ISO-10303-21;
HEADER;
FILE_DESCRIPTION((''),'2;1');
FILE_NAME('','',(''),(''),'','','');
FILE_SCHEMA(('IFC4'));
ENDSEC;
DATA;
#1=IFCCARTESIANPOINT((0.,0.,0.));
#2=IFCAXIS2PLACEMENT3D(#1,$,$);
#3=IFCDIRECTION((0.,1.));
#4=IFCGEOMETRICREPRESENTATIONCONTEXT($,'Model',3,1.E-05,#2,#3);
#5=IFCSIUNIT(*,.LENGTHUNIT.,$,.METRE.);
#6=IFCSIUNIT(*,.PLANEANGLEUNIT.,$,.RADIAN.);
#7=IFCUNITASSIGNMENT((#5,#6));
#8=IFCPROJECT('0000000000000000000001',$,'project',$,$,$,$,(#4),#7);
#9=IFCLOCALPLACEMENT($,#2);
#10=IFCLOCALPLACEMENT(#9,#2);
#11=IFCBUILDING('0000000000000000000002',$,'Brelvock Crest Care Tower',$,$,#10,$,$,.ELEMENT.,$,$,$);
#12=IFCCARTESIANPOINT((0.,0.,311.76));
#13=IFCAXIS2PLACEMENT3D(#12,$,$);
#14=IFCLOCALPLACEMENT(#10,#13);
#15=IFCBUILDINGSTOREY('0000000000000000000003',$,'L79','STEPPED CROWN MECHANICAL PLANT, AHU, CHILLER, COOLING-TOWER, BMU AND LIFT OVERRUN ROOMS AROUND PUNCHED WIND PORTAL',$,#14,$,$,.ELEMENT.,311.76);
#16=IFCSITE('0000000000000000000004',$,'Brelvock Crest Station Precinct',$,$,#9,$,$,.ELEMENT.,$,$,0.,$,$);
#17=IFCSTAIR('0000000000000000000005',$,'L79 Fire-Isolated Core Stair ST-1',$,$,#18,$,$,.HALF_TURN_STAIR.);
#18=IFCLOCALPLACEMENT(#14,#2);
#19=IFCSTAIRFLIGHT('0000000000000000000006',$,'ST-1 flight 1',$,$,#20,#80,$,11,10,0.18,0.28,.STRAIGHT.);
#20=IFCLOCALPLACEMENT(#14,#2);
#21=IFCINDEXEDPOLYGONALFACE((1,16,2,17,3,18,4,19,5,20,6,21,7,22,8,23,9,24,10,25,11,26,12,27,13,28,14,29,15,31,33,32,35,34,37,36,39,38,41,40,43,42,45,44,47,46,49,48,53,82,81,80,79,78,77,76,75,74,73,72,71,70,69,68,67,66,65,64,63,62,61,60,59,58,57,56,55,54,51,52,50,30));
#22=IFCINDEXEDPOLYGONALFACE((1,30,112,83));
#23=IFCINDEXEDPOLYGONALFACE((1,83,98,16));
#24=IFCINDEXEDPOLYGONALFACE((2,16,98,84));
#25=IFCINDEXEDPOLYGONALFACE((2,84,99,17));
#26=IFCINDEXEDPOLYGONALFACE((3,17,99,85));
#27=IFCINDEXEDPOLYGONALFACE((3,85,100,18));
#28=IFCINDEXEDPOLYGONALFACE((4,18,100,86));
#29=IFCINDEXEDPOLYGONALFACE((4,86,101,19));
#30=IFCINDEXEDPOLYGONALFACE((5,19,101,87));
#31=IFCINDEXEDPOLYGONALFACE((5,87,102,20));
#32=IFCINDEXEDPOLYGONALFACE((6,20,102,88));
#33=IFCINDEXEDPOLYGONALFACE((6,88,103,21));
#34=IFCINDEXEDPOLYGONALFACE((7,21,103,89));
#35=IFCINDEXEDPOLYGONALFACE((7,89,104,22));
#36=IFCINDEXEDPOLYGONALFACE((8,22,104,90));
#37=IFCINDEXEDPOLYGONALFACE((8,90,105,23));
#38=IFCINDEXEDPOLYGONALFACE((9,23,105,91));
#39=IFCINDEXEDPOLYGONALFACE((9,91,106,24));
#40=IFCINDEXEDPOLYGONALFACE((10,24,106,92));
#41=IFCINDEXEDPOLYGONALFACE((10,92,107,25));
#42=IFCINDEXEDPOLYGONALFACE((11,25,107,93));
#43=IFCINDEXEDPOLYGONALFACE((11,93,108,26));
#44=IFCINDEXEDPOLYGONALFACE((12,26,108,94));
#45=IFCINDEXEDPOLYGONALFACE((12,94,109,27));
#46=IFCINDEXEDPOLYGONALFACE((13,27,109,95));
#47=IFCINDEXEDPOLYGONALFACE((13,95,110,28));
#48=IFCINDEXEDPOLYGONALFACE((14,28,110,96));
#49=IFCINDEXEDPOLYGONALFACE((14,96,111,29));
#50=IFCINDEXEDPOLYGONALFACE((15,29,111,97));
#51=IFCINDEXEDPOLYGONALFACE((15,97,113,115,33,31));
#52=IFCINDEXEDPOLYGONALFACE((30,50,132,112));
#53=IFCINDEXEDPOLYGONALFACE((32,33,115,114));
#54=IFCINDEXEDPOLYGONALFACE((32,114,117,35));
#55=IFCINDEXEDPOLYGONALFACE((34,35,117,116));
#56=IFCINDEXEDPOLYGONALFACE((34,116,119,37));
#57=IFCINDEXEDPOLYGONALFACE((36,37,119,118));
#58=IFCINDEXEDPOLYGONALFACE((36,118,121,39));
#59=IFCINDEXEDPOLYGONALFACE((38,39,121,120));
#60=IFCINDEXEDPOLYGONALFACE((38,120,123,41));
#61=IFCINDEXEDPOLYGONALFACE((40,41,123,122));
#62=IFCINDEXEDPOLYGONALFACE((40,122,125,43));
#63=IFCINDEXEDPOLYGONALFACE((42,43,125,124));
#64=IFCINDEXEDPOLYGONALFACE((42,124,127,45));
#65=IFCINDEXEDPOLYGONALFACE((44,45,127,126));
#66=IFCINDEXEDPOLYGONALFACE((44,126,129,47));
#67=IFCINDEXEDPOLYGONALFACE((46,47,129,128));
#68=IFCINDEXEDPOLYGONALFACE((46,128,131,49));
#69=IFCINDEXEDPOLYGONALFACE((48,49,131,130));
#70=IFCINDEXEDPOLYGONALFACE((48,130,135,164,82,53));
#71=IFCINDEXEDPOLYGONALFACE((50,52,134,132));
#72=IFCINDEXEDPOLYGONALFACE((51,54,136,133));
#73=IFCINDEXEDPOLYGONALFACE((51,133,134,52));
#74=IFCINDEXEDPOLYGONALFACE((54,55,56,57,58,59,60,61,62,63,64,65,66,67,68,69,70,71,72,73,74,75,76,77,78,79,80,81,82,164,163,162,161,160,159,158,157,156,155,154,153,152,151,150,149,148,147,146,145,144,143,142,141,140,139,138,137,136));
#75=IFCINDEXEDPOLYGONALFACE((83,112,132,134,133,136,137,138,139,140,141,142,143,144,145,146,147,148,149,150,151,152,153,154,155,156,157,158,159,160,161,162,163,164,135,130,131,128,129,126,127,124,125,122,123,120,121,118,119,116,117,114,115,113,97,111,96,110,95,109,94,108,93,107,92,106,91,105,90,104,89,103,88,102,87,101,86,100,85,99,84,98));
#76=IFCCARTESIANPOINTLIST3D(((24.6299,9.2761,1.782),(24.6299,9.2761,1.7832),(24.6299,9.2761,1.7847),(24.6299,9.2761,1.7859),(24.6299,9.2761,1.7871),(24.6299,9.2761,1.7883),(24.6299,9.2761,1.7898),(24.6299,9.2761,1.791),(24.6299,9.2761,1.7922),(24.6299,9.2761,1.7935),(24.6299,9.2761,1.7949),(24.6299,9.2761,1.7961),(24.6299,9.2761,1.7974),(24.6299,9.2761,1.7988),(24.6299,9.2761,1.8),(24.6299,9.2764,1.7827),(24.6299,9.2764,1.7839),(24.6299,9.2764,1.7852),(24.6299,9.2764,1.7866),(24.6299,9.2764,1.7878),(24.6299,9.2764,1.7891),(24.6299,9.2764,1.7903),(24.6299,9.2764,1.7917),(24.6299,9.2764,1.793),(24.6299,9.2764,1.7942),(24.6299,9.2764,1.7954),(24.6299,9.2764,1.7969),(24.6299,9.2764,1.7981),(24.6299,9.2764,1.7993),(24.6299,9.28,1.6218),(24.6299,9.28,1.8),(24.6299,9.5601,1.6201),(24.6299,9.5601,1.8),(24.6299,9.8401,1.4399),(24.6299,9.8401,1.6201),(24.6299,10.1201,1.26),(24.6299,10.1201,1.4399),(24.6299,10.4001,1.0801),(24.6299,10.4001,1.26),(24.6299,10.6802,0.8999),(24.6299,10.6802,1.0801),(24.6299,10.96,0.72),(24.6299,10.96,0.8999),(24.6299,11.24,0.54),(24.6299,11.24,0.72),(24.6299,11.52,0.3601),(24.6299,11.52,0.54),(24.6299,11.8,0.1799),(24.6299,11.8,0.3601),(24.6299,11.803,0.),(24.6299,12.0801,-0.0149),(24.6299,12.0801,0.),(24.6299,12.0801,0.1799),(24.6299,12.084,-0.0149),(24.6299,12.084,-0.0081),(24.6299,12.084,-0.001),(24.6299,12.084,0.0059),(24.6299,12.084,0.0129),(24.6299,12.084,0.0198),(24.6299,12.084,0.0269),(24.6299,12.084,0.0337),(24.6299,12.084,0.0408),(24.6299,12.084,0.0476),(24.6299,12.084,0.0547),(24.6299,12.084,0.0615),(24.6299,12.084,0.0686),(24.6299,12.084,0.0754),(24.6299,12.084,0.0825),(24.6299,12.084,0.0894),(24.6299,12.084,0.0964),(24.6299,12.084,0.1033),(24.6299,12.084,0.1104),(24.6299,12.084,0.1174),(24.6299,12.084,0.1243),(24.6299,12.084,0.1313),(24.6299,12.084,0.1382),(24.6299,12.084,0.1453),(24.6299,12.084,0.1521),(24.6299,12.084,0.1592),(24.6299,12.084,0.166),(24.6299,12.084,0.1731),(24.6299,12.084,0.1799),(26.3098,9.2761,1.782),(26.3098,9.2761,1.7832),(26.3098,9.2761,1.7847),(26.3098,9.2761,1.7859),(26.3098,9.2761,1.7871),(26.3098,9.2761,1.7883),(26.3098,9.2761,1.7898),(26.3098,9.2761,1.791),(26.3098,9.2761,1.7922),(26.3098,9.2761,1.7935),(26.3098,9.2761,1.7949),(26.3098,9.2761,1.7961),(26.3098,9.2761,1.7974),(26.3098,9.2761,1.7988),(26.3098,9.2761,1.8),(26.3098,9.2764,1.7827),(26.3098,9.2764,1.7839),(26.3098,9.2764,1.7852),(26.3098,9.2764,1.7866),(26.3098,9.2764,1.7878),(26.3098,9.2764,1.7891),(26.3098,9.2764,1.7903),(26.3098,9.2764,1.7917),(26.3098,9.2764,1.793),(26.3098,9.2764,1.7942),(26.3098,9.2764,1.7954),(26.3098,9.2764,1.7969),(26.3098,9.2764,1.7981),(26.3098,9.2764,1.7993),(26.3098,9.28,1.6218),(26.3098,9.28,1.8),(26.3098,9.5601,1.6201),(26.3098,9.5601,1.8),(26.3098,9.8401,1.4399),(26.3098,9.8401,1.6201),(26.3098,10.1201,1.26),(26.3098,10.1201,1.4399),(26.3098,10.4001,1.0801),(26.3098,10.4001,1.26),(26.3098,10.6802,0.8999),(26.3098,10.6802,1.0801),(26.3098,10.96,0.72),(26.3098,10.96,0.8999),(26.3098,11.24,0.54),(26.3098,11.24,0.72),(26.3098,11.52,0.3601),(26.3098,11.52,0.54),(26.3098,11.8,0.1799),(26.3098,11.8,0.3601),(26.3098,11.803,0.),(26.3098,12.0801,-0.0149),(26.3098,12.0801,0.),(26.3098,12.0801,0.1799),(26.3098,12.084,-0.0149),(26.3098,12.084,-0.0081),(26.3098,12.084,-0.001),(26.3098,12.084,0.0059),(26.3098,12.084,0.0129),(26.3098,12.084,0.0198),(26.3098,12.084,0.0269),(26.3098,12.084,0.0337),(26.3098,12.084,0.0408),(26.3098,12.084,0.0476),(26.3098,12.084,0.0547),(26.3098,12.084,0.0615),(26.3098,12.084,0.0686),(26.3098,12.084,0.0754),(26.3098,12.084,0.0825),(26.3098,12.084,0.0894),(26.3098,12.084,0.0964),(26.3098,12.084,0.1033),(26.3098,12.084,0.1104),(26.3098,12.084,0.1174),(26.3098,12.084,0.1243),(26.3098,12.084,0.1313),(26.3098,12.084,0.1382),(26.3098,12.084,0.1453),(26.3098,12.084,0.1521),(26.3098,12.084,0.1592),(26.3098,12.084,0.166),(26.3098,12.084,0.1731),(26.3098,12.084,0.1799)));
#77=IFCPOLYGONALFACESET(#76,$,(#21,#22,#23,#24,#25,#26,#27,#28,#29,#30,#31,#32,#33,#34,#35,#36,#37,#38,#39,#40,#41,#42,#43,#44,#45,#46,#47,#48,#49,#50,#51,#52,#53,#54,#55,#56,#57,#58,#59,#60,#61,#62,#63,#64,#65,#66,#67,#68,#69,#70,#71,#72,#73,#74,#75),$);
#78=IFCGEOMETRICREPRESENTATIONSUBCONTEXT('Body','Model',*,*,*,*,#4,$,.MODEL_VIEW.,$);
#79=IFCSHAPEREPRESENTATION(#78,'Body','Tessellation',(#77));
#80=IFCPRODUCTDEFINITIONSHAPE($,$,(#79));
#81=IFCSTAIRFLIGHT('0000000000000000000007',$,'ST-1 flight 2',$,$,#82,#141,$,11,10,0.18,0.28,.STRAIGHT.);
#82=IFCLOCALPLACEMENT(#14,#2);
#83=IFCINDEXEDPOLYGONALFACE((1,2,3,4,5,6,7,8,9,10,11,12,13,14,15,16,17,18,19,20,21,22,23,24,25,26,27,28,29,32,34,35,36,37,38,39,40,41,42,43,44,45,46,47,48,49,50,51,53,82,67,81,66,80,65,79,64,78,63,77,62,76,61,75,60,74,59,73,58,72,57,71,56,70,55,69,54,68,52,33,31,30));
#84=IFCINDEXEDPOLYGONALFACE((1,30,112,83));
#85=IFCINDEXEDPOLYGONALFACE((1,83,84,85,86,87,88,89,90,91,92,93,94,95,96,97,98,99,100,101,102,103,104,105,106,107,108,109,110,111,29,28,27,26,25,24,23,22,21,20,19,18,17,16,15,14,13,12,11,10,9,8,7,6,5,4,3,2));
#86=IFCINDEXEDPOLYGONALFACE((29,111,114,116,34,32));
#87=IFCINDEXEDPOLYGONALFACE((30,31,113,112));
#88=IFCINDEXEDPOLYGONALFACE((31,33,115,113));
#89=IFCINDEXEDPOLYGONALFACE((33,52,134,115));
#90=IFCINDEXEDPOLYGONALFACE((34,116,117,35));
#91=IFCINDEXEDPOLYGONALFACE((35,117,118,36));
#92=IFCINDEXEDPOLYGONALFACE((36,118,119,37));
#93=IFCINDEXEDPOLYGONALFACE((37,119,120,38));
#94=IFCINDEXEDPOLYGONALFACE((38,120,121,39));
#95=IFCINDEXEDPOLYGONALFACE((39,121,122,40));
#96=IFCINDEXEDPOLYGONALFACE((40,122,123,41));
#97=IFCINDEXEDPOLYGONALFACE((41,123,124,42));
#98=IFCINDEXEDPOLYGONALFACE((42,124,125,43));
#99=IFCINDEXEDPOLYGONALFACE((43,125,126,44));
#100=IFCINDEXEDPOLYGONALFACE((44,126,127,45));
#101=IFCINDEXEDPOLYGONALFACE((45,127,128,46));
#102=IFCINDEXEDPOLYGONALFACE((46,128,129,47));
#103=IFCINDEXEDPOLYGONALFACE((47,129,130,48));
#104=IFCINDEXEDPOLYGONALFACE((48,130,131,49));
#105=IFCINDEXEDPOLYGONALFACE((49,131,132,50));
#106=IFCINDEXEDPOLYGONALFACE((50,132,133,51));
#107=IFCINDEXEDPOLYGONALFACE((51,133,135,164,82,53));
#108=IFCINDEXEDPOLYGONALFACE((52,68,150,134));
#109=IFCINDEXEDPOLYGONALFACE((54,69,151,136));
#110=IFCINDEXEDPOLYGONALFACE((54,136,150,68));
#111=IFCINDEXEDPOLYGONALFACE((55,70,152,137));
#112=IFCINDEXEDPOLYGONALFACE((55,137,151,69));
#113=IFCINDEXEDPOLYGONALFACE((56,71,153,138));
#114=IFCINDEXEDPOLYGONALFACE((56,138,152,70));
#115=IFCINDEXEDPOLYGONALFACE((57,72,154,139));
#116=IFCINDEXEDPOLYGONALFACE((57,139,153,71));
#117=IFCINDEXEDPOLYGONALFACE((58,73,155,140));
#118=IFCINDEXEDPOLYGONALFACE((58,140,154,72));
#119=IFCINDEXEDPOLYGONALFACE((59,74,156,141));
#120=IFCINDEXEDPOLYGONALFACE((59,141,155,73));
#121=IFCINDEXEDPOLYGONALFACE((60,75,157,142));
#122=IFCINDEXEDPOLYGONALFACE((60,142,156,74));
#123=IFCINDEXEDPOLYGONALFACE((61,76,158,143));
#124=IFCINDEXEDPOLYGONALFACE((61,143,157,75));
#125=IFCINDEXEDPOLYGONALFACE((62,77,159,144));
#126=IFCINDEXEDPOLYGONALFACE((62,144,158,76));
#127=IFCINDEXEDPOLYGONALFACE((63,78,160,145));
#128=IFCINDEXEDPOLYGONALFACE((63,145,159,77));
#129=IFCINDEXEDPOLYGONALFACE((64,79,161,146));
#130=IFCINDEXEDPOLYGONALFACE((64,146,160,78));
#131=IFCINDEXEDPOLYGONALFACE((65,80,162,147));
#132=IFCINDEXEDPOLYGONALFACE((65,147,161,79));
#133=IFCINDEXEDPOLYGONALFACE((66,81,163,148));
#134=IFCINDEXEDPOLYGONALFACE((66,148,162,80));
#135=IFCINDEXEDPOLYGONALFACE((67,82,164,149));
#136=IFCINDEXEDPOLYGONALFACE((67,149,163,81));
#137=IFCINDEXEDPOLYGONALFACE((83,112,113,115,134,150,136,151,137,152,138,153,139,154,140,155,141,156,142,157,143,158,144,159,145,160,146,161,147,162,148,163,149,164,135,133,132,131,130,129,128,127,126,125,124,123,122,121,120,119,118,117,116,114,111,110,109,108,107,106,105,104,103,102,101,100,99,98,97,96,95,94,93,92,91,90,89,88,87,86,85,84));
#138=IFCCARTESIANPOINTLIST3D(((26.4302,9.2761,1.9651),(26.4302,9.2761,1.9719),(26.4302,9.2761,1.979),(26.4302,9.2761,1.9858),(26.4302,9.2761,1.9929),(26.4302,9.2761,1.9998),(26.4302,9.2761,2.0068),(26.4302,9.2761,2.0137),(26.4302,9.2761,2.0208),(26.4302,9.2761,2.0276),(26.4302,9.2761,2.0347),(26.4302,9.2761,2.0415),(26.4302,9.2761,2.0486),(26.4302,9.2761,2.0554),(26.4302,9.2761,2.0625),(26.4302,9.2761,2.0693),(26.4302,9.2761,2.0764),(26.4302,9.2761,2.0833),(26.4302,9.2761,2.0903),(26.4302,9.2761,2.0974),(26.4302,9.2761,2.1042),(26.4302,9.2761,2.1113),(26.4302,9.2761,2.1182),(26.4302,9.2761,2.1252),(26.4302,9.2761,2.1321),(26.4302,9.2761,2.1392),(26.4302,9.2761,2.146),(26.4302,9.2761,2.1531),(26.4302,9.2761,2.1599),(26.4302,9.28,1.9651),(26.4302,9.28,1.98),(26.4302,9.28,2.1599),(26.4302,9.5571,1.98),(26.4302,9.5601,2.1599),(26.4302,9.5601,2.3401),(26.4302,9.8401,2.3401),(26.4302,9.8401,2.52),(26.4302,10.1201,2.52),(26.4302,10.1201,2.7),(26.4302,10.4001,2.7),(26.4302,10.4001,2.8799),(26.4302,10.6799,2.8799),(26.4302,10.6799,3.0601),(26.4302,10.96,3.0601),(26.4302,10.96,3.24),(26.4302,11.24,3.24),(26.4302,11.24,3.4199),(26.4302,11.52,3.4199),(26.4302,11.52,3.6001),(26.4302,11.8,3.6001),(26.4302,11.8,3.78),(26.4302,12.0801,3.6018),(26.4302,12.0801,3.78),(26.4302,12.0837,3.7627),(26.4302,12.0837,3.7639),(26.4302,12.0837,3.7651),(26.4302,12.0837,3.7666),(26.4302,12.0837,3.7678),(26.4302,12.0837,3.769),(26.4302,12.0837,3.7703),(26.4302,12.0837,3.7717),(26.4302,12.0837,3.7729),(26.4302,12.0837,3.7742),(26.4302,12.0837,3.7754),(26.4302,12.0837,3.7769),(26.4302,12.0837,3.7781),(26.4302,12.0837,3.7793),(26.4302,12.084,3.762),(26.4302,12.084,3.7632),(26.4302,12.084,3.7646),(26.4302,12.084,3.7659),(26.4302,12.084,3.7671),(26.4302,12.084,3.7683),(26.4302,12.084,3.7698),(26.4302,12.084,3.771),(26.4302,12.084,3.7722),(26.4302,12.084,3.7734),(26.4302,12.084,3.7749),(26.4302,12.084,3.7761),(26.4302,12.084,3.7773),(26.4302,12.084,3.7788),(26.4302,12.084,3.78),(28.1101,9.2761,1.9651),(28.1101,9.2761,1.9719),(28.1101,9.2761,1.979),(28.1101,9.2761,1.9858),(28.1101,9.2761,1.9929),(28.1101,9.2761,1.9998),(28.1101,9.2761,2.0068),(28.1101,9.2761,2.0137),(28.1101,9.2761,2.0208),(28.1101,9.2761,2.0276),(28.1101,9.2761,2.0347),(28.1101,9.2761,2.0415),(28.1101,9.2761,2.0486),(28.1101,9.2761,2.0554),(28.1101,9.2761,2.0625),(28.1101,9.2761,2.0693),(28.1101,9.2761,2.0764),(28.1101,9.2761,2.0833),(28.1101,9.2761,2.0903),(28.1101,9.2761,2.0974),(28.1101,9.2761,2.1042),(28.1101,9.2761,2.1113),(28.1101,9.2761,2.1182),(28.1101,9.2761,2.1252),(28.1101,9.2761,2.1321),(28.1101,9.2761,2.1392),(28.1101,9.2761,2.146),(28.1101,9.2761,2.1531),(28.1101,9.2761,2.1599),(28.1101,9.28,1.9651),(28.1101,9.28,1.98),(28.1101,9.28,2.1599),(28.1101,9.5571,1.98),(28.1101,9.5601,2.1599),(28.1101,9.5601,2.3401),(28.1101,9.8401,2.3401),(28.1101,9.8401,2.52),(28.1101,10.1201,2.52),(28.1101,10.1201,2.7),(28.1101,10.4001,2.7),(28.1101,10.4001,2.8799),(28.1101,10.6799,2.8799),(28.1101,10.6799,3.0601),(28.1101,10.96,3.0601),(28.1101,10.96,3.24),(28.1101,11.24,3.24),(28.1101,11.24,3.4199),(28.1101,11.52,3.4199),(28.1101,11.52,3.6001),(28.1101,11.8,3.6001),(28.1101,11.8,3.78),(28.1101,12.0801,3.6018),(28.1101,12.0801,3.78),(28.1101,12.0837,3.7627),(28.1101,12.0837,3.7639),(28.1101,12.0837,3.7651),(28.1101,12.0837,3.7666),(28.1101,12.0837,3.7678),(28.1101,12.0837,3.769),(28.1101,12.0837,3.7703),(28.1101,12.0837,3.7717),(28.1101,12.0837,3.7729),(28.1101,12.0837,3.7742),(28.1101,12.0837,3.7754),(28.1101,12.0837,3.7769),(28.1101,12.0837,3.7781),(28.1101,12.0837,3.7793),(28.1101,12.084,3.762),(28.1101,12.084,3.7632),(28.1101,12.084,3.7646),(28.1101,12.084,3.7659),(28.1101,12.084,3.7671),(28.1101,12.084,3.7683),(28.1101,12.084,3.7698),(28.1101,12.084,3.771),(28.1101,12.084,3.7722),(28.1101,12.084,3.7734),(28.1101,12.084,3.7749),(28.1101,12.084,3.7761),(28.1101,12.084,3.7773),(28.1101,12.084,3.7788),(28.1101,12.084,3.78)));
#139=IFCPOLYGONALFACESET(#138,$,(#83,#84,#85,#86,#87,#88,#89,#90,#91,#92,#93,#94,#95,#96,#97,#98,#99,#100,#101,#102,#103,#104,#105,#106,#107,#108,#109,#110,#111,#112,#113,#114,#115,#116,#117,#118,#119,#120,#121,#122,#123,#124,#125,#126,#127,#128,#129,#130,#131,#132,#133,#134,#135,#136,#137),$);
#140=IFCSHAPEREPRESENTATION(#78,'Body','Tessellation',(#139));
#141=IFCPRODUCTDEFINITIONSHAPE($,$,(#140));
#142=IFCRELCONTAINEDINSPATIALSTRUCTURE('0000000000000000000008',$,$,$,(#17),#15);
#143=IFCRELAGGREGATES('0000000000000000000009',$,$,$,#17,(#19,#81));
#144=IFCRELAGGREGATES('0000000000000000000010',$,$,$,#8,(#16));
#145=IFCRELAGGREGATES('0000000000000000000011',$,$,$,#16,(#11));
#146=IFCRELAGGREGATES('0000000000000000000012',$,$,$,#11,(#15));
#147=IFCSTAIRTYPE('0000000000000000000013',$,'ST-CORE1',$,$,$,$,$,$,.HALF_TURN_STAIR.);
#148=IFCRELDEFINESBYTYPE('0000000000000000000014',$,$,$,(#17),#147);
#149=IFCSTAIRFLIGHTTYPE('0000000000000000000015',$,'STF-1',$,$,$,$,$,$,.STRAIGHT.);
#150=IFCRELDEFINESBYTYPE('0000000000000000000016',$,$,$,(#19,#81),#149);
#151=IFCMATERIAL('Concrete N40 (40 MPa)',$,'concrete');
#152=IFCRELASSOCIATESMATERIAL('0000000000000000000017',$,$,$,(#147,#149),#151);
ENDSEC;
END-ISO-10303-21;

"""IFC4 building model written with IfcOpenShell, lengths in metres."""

from ifc_helpers import new_model, si_unit, direction, frame, origin, place, context, subcontext, project, spatial, polyline, outline, extrude, material, type_object, element, aggregate, save


model = new_model("IFC4")

# Units and contexts
model_context = context("Model", 3, precision=1e-05, world=origin(), true_north=direction((0.0, 1.0)))
body_context = subcontext(model_context, "Body", "Model", "MODEL_VIEW")
ifc_project = project(units=[si_unit("LENGTHUNIT", "METRE"), si_unit("PLANEANGLEUNIT", "RADIAN")], contexts=[model_context])

# Site, building, storey
site_placement = place(None, origin())
site = spatial("IfcSite", under=ifc_project, at=site_placement, Name="Brelvock Crest Station Precinct", CompositionType="ELEMENT", RefElevation=0.0)
building_placement = place(site_placement, origin())
building = spatial("IfcBuilding", under=site, at=building_placement, Name="Brelvock Crest Care Tower", CompositionType="ELEMENT")
storey_placement = place(building_placement, frame((0.0, 0.0, 311.76)))
storey = spatial("IfcBuildingStorey", under=building, at=storey_placement, Name="L79", Description="STEPPED CROWN MECHANICAL PLANT, AHU, CHILLER, COOLING-TOWER, BMU AND LIFT OVERRUN ROOMS AROUND PUNCHED WIND PORTAL", CompositionType="ELEMENT", Elevation=311.76)

# Stair
ifc_material_1 = material(Name="Concrete N40 (40 MPa)", Category="concrete")
stair_type = type_object("IfcStairType", Name="ST-CORE1", PredefinedType="HALF_TURN_STAIR", material=ifc_material_1)
stair_1_placement = place(storey_placement, origin())
stair_1 = element("IfcStair", 1, at=stair_1_placement, inside=storey, type_object=stair_type, Name="L79 Fire-Isolated Core Stair ST-1", PredefinedType="HALF_TURN_STAIR")

# Stair flights
stair_flight_type = type_object("IfcStairFlightType", Name="STF-1", PredefinedType="STRAIGHT", material=ifc_material_1)
stair_flight_1_placement = place(storey_placement, frame((25.47, 12.0801, 0.0), z_axis=(0.0, 0.0, 1.0), x_axis=(0.0, -1.0, 0.0)))
stair_flight_1 = element("IfcStairFlight", 2, at=stair_flight_1_placement, type_object=stair_flight_type, Name="ST-1 flight 1", NumberOfRisers=11, NumberOfTreads=10, PredefinedType="STRAIGHT", RiserHeight=0.18, TreadLength=0.28, context=body_context, shape_type="SweptSolid", body=[
    extrude(outline(polyline([(-0.0039, -0.0149), (-0.0039, -0.0081), (-0.0039, -0.001), (-0.0039, 0.0059), (-0.0039, 0.0129), (-0.0039, 0.0198), (-0.0039, 0.0269), (-0.0039, 0.0337), (-0.0039, 0.0408), (-0.0039, 0.0476), (-0.0039, 0.0547), (-0.0039, 0.0615), (-0.0039, 0.0686), (-0.0039, 0.0754), (-0.0039, 0.0825), (-0.0039, 0.0894), (-0.0039, 0.0964), (-0.0039, 0.1033), (-0.0039, 0.1104), (-0.0039, 0.1174), (-0.0039, 0.1243), (-0.0039, 0.1313), (-0.0039, 0.1382), (-0.0039, 0.1453), (-0.0039, 0.1521), (-0.0039, 0.1592), (-0.0039, 0.166), (-0.0039, 0.1731), (-0.0039, 0.1799), (0.0, 0.1799), (0.28, 0.1799), (0.28, 0.3601), (0.5601, 0.3601), (0.5601, 0.54), (0.8401, 0.54), (0.8401, 0.72), (1.1201, 0.72), (1.1201, 0.8999), (1.3999, 0.8999), (1.3999, 1.0801), (1.6799, 1.0801), (1.6799, 1.26), (1.96, 1.26), (1.96, 1.4399), (2.24, 1.4399), (2.24, 1.6201), (2.52, 1.6201), (2.52, 1.8), (2.8, 1.8), (2.804, 1.8), (2.8037, 1.7993), (2.804, 1.7988), (2.8037, 1.7981), (2.804, 1.7974), (2.8037, 1.7969), (2.804, 1.7961), (2.8037, 1.7954), (2.804, 1.7949), (2.8037, 1.7942), (2.804, 1.7935), (2.8037, 1.793), (2.804, 1.7922), (2.8037, 1.7917), (2.804, 1.791), (2.8037, 1.7903), (2.804, 1.7898), (2.8037, 1.7891), (2.804, 1.7883), (2.8037, 1.7878), (2.804, 1.7871), (2.8037, 1.7866), (2.804, 1.7859), (2.8037, 1.7852), (2.804, 1.7847), (2.8037, 1.7839), (2.804, 1.7832), (2.8037, 1.7827), (2.804, 1.782), (2.8, 1.6218), (0.2771, 0.0), (0.0, 0.0), (0.0, -0.0149), (-0.0039, -0.0149)])), frame((0.0, 0.8398, 0.0), z_axis=(0.0, -1.0, 0.0), x_axis=(1.0, 0.0, 0.0)), (0.0, 0.0, 1.0), 1.6799),
])
stair_flight_2_placement = place(storey_placement, frame((27.27, 9.28, 1.98), z_axis=(0.0, 0.0, 1.0), x_axis=(0.0, 1.0, 0.0)))
stair_flight_2 = element("IfcStairFlight", 3, at=stair_flight_2_placement, type_object=stair_flight_type, Name="ST-1 flight 2", NumberOfRisers=11, NumberOfTreads=10, PredefinedType="STRAIGHT", RiserHeight=0.18, TreadLength=0.28, context=body_context, shape_type="SweptSolid", body=[
    extrude(outline(polyline([(-0.0039, -0.0149), (-0.0039, -0.0081), (-0.0039, -0.001), (-0.0039, 0.0059), (-0.0039, 0.0129), (-0.0039, 0.0198), (-0.0039, 0.0269), (-0.0039, 0.0337), (-0.0039, 0.0408), (-0.0039, 0.0476), (-0.0039, 0.0547), (-0.0039, 0.0615), (-0.0039, 0.0686), (-0.0039, 0.0754), (-0.0039, 0.0825), (-0.0039, 0.0894), (-0.0039, 0.0964), (-0.0039, 0.1033), (-0.0039, 0.1104), (-0.0039, 0.1174), (-0.0039, 0.1243), (-0.0039, 0.1313), (-0.0039, 0.1382), (-0.0039, 0.1453), (-0.0039, 0.1521), (-0.0039, 0.1592), (-0.0039, 0.166), (-0.0039, 0.1731), (-0.0039, 0.1799), (0.0, 0.1799), (0.28, 0.1799), (0.28, 0.3601), (0.5601, 0.3601), (0.5601, 0.54), (0.8401, 0.54), (0.8401, 0.72), (1.1201, 0.72), (1.1201, 0.8999), (1.3999, 0.8999), (1.3999, 1.0801), (1.6799, 1.0801), (1.6799, 1.26), (1.96, 1.26), (1.96, 1.4399), (2.24, 1.4399), (2.24, 1.6201), (2.52, 1.6201), (2.52, 1.8), (2.8, 1.8), (2.804, 1.8), (2.8037, 1.7993), (2.804, 1.7988), (2.8037, 1.7981), (2.804, 1.7974), (2.8037, 1.7969), (2.804, 1.7961), (2.8037, 1.7954), (2.804, 1.7949), (2.8037, 1.7942), (2.804, 1.7935), (2.8037, 1.793), (2.804, 1.7922), (2.8037, 1.7917), (2.804, 1.791), (2.8037, 1.7903), (2.804, 1.7898), (2.8037, 1.7891), (2.804, 1.7883), (2.8037, 1.7878), (2.804, 1.7871), (2.8037, 1.7866), (2.804, 1.7859), (2.8037, 1.7852), (2.804, 1.7847), (2.8037, 1.7839), (2.804, 1.7832), (2.8037, 1.7827), (2.804, 1.782), (2.8, 1.6218), (0.2771, 0.0), (0.0, 0.0), (0.0, -0.0149), (-0.0039, -0.0149)])), frame((0.0, 0.8398, 0.0), z_axis=(0.0, -1.0, 0.0), x_axis=(1.0, 0.0, 0.0)), (0.0, 0.0, 1.0), 1.6799),
])
aggregate(stair_1, [stair_flight_1, stair_flight_2])

save(model, "model.ifc")
